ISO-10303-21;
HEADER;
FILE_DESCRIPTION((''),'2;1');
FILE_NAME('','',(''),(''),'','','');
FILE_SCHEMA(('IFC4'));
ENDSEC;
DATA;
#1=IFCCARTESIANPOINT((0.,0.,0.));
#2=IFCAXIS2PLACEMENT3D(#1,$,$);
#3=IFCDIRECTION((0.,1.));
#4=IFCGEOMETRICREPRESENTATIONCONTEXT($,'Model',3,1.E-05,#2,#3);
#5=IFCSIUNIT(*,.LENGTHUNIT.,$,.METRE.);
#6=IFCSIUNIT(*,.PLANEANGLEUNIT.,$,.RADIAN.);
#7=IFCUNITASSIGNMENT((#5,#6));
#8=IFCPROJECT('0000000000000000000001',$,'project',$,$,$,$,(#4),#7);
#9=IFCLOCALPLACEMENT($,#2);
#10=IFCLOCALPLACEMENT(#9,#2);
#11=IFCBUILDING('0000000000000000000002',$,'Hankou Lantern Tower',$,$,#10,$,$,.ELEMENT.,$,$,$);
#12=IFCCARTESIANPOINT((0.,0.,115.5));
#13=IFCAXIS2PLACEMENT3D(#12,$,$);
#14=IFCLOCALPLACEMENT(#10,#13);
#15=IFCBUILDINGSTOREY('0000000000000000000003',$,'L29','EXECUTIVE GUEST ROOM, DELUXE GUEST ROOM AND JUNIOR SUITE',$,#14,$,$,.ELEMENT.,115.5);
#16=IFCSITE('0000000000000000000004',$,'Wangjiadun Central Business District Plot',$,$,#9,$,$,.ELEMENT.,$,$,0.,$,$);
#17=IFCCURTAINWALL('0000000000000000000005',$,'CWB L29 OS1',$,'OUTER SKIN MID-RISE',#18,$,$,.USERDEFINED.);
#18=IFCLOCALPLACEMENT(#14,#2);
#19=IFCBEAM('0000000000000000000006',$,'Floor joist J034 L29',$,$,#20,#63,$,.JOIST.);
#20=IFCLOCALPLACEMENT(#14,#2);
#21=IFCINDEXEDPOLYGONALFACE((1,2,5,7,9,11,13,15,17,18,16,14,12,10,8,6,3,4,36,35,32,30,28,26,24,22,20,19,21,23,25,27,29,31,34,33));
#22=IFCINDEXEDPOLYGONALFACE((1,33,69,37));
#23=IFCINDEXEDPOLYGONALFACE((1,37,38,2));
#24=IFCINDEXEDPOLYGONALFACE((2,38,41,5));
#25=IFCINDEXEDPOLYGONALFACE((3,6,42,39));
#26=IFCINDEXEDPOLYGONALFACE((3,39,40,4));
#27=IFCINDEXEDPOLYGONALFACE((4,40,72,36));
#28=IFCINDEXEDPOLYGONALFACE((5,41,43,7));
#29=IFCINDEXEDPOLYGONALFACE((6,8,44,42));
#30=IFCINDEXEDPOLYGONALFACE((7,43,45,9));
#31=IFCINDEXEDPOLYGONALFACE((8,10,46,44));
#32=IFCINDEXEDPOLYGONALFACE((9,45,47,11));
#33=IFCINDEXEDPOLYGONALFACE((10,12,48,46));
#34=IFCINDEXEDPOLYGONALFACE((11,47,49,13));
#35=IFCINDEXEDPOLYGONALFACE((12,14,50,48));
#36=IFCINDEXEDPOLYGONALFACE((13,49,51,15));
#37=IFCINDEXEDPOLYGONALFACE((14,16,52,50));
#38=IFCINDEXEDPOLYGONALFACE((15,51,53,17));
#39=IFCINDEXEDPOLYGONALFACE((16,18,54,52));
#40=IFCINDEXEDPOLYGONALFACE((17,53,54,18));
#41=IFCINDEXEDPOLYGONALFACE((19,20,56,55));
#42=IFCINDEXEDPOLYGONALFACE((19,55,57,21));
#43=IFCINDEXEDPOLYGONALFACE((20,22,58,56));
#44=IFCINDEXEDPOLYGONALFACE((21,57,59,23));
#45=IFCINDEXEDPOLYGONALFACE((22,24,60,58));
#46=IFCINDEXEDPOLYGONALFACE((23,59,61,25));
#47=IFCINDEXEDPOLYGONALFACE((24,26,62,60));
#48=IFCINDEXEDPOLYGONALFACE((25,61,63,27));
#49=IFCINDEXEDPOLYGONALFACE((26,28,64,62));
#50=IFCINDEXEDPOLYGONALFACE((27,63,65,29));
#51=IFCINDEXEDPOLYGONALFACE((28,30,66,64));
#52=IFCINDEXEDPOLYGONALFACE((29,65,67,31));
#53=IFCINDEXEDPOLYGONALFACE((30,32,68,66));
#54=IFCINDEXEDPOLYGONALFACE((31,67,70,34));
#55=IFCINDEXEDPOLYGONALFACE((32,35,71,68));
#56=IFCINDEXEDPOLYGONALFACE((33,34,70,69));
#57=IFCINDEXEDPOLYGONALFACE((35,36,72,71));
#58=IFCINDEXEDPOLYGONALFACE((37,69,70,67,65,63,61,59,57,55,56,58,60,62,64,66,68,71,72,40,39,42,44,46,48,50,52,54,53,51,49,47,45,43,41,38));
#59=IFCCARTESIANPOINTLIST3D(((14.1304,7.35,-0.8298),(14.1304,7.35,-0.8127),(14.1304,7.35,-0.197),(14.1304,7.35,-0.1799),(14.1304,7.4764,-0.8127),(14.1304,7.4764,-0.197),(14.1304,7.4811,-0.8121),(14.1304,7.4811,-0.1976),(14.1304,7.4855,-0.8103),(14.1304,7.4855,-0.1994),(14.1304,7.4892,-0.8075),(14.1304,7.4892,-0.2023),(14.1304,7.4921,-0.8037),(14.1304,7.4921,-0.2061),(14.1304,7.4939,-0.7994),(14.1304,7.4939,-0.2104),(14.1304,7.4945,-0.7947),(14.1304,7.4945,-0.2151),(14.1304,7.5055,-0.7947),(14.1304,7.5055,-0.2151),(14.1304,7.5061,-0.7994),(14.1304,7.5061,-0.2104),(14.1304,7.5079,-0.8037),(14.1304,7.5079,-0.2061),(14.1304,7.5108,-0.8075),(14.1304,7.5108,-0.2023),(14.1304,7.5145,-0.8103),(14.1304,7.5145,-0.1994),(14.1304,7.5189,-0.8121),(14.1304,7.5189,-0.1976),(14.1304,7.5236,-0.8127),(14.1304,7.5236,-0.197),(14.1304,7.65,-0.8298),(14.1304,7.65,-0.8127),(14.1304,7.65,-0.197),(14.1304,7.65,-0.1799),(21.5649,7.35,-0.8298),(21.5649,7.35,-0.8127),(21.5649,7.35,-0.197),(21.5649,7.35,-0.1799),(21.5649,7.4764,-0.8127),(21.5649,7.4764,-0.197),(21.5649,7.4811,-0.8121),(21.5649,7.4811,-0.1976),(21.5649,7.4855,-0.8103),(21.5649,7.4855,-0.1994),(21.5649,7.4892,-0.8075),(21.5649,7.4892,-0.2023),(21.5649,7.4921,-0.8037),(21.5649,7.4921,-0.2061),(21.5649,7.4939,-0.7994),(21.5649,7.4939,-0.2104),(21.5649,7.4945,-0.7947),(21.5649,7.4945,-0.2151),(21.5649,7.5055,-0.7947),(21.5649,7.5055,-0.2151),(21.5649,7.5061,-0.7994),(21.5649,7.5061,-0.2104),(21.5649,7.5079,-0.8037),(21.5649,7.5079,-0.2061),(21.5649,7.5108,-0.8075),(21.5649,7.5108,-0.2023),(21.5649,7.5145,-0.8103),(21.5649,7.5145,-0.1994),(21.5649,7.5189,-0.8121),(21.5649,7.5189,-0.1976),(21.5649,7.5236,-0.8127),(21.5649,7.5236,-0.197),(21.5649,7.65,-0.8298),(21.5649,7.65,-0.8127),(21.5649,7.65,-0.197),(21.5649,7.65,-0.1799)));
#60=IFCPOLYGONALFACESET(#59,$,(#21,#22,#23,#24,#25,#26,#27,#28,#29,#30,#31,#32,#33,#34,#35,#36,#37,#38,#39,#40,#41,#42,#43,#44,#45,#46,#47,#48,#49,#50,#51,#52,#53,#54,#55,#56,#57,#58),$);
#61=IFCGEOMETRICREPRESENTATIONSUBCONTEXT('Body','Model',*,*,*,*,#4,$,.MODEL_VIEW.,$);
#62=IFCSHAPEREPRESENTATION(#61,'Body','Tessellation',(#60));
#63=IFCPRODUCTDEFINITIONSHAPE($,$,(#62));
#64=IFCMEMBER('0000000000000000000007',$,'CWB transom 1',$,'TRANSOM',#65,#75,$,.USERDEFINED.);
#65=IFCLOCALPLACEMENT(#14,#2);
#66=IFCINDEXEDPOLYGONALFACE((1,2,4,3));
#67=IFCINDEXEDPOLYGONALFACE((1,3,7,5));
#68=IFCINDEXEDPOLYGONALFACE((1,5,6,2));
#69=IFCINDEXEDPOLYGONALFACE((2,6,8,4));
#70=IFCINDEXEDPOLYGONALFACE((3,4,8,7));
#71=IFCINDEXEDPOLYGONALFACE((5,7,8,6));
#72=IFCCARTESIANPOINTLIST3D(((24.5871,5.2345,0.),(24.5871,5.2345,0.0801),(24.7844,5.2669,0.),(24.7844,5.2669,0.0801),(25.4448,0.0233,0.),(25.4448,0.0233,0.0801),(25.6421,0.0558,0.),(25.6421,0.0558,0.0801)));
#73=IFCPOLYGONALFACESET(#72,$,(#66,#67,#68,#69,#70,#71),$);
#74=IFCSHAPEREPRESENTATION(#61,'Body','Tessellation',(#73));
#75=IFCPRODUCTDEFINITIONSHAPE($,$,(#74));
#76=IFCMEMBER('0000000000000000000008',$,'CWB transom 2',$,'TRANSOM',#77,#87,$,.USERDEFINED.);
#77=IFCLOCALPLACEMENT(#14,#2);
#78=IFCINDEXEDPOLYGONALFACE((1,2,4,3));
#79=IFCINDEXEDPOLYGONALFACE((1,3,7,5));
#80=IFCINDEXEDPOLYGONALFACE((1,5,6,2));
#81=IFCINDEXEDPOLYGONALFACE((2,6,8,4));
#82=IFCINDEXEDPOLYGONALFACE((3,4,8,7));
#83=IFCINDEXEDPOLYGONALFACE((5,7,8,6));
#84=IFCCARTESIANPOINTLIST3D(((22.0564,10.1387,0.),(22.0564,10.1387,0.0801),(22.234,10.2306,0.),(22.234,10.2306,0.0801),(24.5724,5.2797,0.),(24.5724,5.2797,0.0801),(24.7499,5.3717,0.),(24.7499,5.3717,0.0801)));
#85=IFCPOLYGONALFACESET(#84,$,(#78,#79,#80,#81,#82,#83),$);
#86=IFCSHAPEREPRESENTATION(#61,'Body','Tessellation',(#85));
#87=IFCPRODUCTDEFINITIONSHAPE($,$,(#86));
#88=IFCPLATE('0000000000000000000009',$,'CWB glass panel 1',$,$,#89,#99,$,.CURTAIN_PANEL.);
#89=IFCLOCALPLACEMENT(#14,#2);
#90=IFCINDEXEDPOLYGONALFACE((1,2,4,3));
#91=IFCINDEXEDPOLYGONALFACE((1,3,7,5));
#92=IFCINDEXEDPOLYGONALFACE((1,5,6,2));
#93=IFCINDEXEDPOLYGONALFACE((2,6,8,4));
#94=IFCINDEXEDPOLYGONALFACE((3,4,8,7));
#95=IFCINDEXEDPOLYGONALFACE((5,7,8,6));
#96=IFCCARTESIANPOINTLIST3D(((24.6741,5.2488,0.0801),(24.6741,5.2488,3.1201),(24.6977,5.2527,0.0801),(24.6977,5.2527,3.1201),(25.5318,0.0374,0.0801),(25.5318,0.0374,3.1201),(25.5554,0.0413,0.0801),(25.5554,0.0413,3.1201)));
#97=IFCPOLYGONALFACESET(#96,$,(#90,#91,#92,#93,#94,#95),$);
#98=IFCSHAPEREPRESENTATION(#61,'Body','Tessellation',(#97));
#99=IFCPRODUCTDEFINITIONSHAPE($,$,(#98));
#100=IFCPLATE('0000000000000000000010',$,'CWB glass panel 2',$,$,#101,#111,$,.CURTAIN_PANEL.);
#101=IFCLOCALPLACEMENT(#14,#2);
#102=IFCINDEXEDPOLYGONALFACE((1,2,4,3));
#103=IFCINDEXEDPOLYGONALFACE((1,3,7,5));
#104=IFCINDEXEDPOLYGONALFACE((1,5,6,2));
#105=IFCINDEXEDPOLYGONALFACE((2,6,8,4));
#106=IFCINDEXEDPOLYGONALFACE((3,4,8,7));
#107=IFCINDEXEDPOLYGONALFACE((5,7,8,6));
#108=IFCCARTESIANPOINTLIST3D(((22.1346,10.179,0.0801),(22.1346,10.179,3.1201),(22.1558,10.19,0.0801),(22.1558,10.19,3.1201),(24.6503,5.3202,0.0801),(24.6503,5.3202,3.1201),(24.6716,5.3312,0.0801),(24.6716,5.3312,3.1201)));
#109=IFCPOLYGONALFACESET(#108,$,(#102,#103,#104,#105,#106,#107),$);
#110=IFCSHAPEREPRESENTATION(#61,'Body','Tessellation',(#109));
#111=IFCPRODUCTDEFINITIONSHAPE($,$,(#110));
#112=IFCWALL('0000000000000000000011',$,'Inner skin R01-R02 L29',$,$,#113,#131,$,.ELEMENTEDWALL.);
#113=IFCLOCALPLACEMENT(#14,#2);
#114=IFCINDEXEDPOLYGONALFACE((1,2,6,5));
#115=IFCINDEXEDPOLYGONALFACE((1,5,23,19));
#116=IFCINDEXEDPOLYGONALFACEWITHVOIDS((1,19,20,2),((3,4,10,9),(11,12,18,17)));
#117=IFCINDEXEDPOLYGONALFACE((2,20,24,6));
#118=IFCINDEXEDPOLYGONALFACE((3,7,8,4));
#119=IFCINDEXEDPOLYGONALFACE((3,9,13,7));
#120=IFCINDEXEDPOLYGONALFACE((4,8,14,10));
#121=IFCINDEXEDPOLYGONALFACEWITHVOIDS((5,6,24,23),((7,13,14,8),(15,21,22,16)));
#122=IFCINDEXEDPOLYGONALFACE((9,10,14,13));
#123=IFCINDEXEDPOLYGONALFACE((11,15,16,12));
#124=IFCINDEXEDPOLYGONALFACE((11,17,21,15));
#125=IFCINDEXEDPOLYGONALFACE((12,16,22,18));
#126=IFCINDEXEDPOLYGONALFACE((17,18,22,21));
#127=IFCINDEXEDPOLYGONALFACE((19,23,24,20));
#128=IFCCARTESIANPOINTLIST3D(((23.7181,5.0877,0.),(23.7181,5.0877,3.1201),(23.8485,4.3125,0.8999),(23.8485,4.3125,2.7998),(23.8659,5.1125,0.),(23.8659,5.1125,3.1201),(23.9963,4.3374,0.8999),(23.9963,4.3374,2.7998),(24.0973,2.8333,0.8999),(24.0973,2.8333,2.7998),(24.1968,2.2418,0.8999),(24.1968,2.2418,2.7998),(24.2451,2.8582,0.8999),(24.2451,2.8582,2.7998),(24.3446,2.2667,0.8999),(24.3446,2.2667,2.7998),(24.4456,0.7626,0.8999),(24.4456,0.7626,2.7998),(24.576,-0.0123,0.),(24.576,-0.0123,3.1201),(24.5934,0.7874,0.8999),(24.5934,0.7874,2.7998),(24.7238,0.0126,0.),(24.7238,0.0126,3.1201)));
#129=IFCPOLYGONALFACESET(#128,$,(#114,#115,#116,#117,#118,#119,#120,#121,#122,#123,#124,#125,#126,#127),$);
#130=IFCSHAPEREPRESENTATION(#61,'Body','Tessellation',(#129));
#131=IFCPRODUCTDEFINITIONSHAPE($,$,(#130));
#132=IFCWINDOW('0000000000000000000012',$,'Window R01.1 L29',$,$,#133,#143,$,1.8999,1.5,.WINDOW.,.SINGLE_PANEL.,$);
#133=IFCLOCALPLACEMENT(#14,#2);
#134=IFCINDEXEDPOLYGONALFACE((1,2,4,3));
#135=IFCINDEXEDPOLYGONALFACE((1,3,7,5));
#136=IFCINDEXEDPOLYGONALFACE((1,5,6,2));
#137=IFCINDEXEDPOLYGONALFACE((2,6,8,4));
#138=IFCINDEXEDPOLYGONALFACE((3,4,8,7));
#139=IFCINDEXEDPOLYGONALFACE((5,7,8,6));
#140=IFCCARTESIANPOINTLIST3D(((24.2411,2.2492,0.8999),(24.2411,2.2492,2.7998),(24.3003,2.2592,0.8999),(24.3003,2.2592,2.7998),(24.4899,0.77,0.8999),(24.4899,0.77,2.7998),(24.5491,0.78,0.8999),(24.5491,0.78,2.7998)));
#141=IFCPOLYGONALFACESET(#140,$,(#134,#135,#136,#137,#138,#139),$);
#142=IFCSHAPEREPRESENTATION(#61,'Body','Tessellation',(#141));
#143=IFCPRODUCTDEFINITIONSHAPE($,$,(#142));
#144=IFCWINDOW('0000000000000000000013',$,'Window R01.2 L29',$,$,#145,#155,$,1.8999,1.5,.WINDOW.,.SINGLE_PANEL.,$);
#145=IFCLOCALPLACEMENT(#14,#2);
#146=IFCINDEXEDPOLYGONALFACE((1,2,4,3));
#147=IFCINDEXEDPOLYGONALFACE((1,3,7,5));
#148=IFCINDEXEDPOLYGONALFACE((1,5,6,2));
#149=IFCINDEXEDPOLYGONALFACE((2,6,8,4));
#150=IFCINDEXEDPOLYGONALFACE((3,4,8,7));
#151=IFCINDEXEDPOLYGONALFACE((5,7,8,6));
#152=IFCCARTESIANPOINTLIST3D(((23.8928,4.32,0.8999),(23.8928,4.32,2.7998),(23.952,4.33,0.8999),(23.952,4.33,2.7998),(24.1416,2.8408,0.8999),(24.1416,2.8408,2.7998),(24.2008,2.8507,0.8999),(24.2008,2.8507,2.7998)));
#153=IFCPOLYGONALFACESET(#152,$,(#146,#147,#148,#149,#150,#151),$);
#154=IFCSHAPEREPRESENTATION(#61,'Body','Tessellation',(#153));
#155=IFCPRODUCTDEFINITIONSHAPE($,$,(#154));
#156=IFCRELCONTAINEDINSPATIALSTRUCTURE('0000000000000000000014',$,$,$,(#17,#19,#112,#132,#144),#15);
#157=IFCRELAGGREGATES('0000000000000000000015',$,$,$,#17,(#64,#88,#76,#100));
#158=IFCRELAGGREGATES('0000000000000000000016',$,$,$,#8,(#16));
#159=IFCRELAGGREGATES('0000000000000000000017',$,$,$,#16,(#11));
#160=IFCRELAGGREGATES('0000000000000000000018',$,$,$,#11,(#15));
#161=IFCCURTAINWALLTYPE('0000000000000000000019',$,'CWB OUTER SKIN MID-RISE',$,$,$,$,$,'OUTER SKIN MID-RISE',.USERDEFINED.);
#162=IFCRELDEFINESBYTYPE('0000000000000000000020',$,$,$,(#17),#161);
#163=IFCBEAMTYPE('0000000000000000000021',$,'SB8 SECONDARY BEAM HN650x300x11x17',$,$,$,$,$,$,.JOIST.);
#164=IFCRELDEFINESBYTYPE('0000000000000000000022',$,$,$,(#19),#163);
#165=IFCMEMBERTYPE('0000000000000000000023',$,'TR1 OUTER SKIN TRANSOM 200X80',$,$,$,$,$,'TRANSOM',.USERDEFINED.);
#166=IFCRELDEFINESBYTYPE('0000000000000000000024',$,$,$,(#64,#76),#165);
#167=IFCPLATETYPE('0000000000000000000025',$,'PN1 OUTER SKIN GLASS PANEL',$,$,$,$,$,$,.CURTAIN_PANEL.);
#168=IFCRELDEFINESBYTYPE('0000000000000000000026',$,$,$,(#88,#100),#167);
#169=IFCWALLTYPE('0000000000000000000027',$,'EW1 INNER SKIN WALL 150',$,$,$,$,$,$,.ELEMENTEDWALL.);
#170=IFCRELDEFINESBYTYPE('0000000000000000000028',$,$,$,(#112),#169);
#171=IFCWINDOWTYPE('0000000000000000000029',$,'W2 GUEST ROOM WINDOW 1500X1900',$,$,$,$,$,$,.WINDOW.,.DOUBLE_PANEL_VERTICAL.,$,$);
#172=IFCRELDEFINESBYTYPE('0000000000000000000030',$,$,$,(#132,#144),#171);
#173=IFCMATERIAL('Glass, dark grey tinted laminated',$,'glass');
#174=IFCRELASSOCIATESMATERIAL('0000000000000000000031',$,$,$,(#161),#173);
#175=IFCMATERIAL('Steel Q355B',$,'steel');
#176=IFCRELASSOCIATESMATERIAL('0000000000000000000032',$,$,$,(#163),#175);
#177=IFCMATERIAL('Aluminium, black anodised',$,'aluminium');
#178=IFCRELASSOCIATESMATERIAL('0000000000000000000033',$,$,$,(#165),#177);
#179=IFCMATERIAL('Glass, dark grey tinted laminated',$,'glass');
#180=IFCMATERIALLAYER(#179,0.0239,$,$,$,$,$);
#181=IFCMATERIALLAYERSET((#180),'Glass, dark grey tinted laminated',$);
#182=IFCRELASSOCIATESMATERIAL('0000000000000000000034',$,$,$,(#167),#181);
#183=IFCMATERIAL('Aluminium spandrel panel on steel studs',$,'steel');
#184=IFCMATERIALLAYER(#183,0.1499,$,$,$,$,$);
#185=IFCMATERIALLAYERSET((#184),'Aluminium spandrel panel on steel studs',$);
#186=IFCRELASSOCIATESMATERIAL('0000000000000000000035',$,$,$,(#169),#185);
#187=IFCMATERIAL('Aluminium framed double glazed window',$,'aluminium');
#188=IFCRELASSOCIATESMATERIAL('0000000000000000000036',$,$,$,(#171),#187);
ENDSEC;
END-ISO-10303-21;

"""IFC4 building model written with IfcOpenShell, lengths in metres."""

from ifc_helpers import new_model, si_unit, direction, frame, frame_2d, origin, origin_2d, place, context, subcontext, project, spatial, rectangle, i_section, extrude, material, layer, layer_set, material_profile, profile_set, type_object, element, fill, aggregate, save


model = new_model("IFC4")

# Units and contexts
model_context = context("Model", 3, precision=1e-05, world=origin(), true_north=direction((0.0, 1.0)))
body_context = subcontext(model_context, "Body", "Model", "MODEL_VIEW")
ifc_project = project(units=[si_unit("LENGTHUNIT", "METRE"), si_unit("PLANEANGLEUNIT", "RADIAN")], contexts=[model_context])

# Site, building, storey
site_placement = place(None, origin())
site = spatial("IfcSite", under=ifc_project, at=site_placement, Name="Wangjiadun Central Business District Plot", CompositionType="ELEMENT", RefElevation=0.0)
building_placement = place(site_placement, origin())
building = spatial("IfcBuilding", under=site, at=building_placement, Name="Hankou Lantern Tower", CompositionType="ELEMENT")
storey_placement = place(building_placement, frame((0.0, 0.0, 115.5)))
storey = spatial("IfcBuildingStorey", under=building, at=storey_placement, Name="L29", Description="EXECUTIVE GUEST ROOM, DELUXE GUEST ROOM AND JUNIOR SUITE", CompositionType="ELEMENT", Elevation=115.5)

# Curtain wall
ifc_material_1 = material(Name="Glass, dark grey tinted laminated", Category="glass")
curtain_wall_type = type_object("IfcCurtainWallType", Name="CWB OUTER SKIN MID-RISE", ElementType="OUTER SKIN MID-RISE", PredefinedType="USERDEFINED", material=ifc_material_1)
curtain_wall_placement = place(storey_placement, origin())
curtain_wall = element("IfcCurtainWall", 1, at=curtain_wall_placement, inside=storey, type_object=curtain_wall_type, Name="CWB L29 OS1", ObjectType="OUTER SKIN MID-RISE", PredefinedType="USERDEFINED")

# Beam
ifc_material_2 = material(Name="Steel Q355B", Category="steel")
ifc_material_profile_1 = material_profile(ifc_material_2, i_section(OverallWidth=0.3, OverallDepth=0.6499, WebThickness=0.011, FlangeThickness=0.0171, FilletRadius=0.0181, at=origin_2d()), Name="HN650x300x11x17")
ifc_profile_set_1 = profile_set([ifc_material_profile_1], Name="Steel Q355B")
beam_type_1 = type_object("IfcBeamType", Name="SB8 SECONDARY BEAM HN650x300x11x17", PredefinedType="JOIST", material=ifc_profile_set_1)
beam_1_placement = place(storey_placement, frame((14.1304, 7.5, -0.5049), z_axis=(1.0, 0.0, 0.0), x_axis=(0.0, 1.0, 0.0)))
element("IfcBeam", 2, at=beam_1_placement, inside=storey, type_object=beam_type_1, Name="Floor joist J034 L29", PredefinedType="JOIST", context=body_context, shape_type="SweptSolid", body=[
    extrude(i_section(OverallWidth=0.3, OverallDepth=0.6499, WebThickness=0.011, FlangeThickness=0.0171, FilletRadius=0.0181, at=origin_2d()), origin(), (0.0, 0.0, 1.0), 7.4346),
])

# Members
ifc_material_3 = material(Name="Aluminium, black anodised", Category="aluminium")
ifc_material_profile_2 = material_profile(ifc_material_3, rectangle(XDim=0.2, YDim=0.0801, at=origin_2d()), Name="TR1 200X80")
ifc_profile_set_2 = profile_set([ifc_material_profile_2], Name="Aluminium, black anodised")
member_type_1 = type_object("IfcMemberType", Name="TR1 OUTER SKIN TRANSOM 200X80", ElementType="TRANSOM", PredefinedType="USERDEFINED", material=ifc_profile_set_2)
member_1_placement = place(storey_placement, frame((25.5435, 0.0396, 0.04), z_axis=(-0.162397, 0.986725, 0.0), x_axis=(-0.986725, -0.162397, 0.0)))
member_1 = element("IfcMember", 3, at=member_1_placement, type_object=member_type_1, Name="CWB transom 1", ObjectType="TRANSOM", PredefinedType="USERDEFINED", context=body_context, shape_type="SweptSolid", body=[
    extrude(rectangle(XDim=0.2, YDim=0.0801, at=origin_2d()), origin(), (0.0, 0.0, 1.0), 5.2812),
])
member_2_placement = place(storey_placement, frame((24.6611, 5.3257, 0.04), z_axis=(-0.459805, 0.88802, 0.0), x_axis=(-0.88802, -0.459805, 0.0)))
member_2 = element("IfcMember", 4, at=member_2_placement, type_object=member_type_1, Name="CWB transom 2", ObjectType="TRANSOM", PredefinedType="USERDEFINED", context=body_context, shape_type="SweptSolid", body=[
    extrude(rectangle(XDim=0.2, YDim=0.0801, at=origin_2d()), origin(), (0.0, 0.0, 1.0), 5.4717),
])

# Plates
ifc_material_4 = material(Name="Glass, dark grey tinted laminated", Category="glass")
ifc_layer_1 = layer(ifc_material_4, 0.0239)
ifc_layer_set_1 = layer_set([ifc_layer_1], Name="Glass, dark grey tinted laminated")
plate_type = type_object("IfcPlateType", Name="PN1 OUTER SKIN GLASS PANEL", PredefinedType="CURTAIN_PANEL", material=ifc_layer_set_1)
plate_1_placement = place(storey_placement, frame((25.1147, 2.645, 0.0801), z_axis=(0.0, 0.0, 1.0), x_axis=(-0.162382, 0.986728, 0.0)))
plate_1 = element("IfcPlate", 5, at=plate_1_placement, type_object=plate_type, Name="CWB glass panel 1", PredefinedType="CURTAIN_PANEL", context=body_context, shape_type="SweptSolid", body=[
    extrude(rectangle(XDim=5.2815, YDim=0.0239, at=origin_2d()), origin(), (0.0, 0.0, 1.0), 3.04),
])
plate_2_placement = place(storey_placement, frame((23.4031, 7.7551, 0.0801), z_axis=(0.0, 0.0, 1.0), x_axis=(-0.459791, 0.888027, 0.0)))
plate_2 = element("IfcPlate", 6, at=plate_2_placement, type_object=plate_type, Name="CWB glass panel 2", PredefinedType="CURTAIN_PANEL", context=body_context, shape_type="SweptSolid", body=[
    extrude(rectangle(XDim=5.4714, YDim=0.0239, at=origin_2d()), origin(), (0.0, 0.0, 1.0), 3.04),
])
aggregate(curtain_wall, [member_1, plate_1, member_2, plate_2])

# Wall, openings, windows
ifc_material_5 = material(Name="Aluminium spandrel panel on steel studs", Category="steel")
ifc_layer_2 = layer(ifc_material_5, 0.1499)
ifc_layer_set_2 = layer_set([ifc_layer_2], Name="Aluminium spandrel panel on steel studs")
wall_type_1 = type_object("IfcWallType", Name="EW1 INNER SKIN WALL 150", PredefinedType="ELEMENTEDWALL", material=ifc_layer_set_2)
wall_1_placement = place(storey_placement, frame((24.6499, 0.0, 0.0), z_axis=(0.0, 0.0, 1.0), x_axis=(-0.165884, 0.986145, 0.0)))
wall_1 = element("IfcWall", 7, at=wall_1_placement, inside=storey, type_object=wall_type_1, Name="Inner skin R01-R02 L29", PredefinedType="ELEMENTEDWALL", context=body_context, shape_type="SweptSolid", body=[
    extrude(rectangle(XDim=5.1716, YDim=0.1499, at=frame_2d((2.5859, 0.0))), origin(), (0.0, 0.0, 1.0), 3.1201),
])
opening_1_placement = place(wall_1_placement, frame((0.7859, 0.0, 0.8999)))
opening_1 = element("IfcOpeningElement", 8, at=opening_1_placement, cuts=wall_1, PredefinedType="OPENING", context=body_context, shape_type="SweptSolid", body=[
    extrude(rectangle(XDim=1.5, YDim=1.8999, at=frame_2d((0.75, 0.95))), frame((0.0, 0.085, 0.0), z_axis=(0.0, -1.0, 0.0), x_axis=(1.0, 0.0, 0.0)), (0.0, 0.0, 1.0), 0.1699),
])
opening_2_placement = place(wall_1_placement, frame((2.8857, 0.0, 0.8999)))
opening_2 = element("IfcOpeningElement", 9, at=opening_2_placement, cuts=wall_1, PredefinedType="OPENING", context=body_context, shape_type="SweptSolid", body=[
    extrude(rectangle(XDim=1.5, YDim=1.8999, at=frame_2d((0.75, 0.95))), frame((0.0, 0.085, 0.0), z_axis=(0.0, -1.0, 0.0), x_axis=(1.0, 0.0, 0.0)), (0.0, 0.0, 1.0), 0.1699),
])
ifc_material_6 = material(Name="Aluminium framed double glazed window", Category="aluminium")
window_type = type_object("IfcWindowType", Name="W2 GUEST ROOM WINDOW 1500X1900", PartitioningType="DOUBLE_PANEL_VERTICAL", PredefinedType="WINDOW", material=ifc_material_6)
window_1_placement = place(opening_1_placement, origin())
window_1 = element("IfcWindow", 10, at=window_1_placement, inside=storey, type_object=window_type, Name="Window R01.1 L29", OverallHeight=1.8999, OverallWidth=1.5, PartitioningType="SINGLE_PANEL", PredefinedType="WINDOW", context=body_context, shape_type="SweptSolid", body=[
    extrude(rectangle(XDim=1.5, YDim=1.8999, at=frame_2d((0.75, 0.95))), frame((0.0, 0.03, 0.0), z_axis=(0.0, -1.0, 0.0), x_axis=(1.0, 0.0, 0.0)), (0.0, 0.0, 1.0), 0.0601),
])
fill(opening_1, window_1)
window_2_placement = place(opening_2_placement, origin())
window_2 = element("IfcWindow", 11, at=window_2_placement, inside=storey, type_object=window_type, Name="Window R01.2 L29", OverallHeight=1.8999, OverallWidth=1.5, PartitioningType="SINGLE_PANEL", PredefinedType="WINDOW", context=body_context, shape_type="SweptSolid", body=[
    extrude(rectangle(XDim=1.5, YDim=1.8999, at=frame_2d((0.75, 0.95))), frame((0.0, 0.03, 0.0), z_axis=(0.0, -1.0, 0.0), x_axis=(1.0, 0.0, 0.0)), (0.0, 0.0, 1.0), 0.0601),
])
fill(opening_2, window_2)

save(model, "model.ifc")
